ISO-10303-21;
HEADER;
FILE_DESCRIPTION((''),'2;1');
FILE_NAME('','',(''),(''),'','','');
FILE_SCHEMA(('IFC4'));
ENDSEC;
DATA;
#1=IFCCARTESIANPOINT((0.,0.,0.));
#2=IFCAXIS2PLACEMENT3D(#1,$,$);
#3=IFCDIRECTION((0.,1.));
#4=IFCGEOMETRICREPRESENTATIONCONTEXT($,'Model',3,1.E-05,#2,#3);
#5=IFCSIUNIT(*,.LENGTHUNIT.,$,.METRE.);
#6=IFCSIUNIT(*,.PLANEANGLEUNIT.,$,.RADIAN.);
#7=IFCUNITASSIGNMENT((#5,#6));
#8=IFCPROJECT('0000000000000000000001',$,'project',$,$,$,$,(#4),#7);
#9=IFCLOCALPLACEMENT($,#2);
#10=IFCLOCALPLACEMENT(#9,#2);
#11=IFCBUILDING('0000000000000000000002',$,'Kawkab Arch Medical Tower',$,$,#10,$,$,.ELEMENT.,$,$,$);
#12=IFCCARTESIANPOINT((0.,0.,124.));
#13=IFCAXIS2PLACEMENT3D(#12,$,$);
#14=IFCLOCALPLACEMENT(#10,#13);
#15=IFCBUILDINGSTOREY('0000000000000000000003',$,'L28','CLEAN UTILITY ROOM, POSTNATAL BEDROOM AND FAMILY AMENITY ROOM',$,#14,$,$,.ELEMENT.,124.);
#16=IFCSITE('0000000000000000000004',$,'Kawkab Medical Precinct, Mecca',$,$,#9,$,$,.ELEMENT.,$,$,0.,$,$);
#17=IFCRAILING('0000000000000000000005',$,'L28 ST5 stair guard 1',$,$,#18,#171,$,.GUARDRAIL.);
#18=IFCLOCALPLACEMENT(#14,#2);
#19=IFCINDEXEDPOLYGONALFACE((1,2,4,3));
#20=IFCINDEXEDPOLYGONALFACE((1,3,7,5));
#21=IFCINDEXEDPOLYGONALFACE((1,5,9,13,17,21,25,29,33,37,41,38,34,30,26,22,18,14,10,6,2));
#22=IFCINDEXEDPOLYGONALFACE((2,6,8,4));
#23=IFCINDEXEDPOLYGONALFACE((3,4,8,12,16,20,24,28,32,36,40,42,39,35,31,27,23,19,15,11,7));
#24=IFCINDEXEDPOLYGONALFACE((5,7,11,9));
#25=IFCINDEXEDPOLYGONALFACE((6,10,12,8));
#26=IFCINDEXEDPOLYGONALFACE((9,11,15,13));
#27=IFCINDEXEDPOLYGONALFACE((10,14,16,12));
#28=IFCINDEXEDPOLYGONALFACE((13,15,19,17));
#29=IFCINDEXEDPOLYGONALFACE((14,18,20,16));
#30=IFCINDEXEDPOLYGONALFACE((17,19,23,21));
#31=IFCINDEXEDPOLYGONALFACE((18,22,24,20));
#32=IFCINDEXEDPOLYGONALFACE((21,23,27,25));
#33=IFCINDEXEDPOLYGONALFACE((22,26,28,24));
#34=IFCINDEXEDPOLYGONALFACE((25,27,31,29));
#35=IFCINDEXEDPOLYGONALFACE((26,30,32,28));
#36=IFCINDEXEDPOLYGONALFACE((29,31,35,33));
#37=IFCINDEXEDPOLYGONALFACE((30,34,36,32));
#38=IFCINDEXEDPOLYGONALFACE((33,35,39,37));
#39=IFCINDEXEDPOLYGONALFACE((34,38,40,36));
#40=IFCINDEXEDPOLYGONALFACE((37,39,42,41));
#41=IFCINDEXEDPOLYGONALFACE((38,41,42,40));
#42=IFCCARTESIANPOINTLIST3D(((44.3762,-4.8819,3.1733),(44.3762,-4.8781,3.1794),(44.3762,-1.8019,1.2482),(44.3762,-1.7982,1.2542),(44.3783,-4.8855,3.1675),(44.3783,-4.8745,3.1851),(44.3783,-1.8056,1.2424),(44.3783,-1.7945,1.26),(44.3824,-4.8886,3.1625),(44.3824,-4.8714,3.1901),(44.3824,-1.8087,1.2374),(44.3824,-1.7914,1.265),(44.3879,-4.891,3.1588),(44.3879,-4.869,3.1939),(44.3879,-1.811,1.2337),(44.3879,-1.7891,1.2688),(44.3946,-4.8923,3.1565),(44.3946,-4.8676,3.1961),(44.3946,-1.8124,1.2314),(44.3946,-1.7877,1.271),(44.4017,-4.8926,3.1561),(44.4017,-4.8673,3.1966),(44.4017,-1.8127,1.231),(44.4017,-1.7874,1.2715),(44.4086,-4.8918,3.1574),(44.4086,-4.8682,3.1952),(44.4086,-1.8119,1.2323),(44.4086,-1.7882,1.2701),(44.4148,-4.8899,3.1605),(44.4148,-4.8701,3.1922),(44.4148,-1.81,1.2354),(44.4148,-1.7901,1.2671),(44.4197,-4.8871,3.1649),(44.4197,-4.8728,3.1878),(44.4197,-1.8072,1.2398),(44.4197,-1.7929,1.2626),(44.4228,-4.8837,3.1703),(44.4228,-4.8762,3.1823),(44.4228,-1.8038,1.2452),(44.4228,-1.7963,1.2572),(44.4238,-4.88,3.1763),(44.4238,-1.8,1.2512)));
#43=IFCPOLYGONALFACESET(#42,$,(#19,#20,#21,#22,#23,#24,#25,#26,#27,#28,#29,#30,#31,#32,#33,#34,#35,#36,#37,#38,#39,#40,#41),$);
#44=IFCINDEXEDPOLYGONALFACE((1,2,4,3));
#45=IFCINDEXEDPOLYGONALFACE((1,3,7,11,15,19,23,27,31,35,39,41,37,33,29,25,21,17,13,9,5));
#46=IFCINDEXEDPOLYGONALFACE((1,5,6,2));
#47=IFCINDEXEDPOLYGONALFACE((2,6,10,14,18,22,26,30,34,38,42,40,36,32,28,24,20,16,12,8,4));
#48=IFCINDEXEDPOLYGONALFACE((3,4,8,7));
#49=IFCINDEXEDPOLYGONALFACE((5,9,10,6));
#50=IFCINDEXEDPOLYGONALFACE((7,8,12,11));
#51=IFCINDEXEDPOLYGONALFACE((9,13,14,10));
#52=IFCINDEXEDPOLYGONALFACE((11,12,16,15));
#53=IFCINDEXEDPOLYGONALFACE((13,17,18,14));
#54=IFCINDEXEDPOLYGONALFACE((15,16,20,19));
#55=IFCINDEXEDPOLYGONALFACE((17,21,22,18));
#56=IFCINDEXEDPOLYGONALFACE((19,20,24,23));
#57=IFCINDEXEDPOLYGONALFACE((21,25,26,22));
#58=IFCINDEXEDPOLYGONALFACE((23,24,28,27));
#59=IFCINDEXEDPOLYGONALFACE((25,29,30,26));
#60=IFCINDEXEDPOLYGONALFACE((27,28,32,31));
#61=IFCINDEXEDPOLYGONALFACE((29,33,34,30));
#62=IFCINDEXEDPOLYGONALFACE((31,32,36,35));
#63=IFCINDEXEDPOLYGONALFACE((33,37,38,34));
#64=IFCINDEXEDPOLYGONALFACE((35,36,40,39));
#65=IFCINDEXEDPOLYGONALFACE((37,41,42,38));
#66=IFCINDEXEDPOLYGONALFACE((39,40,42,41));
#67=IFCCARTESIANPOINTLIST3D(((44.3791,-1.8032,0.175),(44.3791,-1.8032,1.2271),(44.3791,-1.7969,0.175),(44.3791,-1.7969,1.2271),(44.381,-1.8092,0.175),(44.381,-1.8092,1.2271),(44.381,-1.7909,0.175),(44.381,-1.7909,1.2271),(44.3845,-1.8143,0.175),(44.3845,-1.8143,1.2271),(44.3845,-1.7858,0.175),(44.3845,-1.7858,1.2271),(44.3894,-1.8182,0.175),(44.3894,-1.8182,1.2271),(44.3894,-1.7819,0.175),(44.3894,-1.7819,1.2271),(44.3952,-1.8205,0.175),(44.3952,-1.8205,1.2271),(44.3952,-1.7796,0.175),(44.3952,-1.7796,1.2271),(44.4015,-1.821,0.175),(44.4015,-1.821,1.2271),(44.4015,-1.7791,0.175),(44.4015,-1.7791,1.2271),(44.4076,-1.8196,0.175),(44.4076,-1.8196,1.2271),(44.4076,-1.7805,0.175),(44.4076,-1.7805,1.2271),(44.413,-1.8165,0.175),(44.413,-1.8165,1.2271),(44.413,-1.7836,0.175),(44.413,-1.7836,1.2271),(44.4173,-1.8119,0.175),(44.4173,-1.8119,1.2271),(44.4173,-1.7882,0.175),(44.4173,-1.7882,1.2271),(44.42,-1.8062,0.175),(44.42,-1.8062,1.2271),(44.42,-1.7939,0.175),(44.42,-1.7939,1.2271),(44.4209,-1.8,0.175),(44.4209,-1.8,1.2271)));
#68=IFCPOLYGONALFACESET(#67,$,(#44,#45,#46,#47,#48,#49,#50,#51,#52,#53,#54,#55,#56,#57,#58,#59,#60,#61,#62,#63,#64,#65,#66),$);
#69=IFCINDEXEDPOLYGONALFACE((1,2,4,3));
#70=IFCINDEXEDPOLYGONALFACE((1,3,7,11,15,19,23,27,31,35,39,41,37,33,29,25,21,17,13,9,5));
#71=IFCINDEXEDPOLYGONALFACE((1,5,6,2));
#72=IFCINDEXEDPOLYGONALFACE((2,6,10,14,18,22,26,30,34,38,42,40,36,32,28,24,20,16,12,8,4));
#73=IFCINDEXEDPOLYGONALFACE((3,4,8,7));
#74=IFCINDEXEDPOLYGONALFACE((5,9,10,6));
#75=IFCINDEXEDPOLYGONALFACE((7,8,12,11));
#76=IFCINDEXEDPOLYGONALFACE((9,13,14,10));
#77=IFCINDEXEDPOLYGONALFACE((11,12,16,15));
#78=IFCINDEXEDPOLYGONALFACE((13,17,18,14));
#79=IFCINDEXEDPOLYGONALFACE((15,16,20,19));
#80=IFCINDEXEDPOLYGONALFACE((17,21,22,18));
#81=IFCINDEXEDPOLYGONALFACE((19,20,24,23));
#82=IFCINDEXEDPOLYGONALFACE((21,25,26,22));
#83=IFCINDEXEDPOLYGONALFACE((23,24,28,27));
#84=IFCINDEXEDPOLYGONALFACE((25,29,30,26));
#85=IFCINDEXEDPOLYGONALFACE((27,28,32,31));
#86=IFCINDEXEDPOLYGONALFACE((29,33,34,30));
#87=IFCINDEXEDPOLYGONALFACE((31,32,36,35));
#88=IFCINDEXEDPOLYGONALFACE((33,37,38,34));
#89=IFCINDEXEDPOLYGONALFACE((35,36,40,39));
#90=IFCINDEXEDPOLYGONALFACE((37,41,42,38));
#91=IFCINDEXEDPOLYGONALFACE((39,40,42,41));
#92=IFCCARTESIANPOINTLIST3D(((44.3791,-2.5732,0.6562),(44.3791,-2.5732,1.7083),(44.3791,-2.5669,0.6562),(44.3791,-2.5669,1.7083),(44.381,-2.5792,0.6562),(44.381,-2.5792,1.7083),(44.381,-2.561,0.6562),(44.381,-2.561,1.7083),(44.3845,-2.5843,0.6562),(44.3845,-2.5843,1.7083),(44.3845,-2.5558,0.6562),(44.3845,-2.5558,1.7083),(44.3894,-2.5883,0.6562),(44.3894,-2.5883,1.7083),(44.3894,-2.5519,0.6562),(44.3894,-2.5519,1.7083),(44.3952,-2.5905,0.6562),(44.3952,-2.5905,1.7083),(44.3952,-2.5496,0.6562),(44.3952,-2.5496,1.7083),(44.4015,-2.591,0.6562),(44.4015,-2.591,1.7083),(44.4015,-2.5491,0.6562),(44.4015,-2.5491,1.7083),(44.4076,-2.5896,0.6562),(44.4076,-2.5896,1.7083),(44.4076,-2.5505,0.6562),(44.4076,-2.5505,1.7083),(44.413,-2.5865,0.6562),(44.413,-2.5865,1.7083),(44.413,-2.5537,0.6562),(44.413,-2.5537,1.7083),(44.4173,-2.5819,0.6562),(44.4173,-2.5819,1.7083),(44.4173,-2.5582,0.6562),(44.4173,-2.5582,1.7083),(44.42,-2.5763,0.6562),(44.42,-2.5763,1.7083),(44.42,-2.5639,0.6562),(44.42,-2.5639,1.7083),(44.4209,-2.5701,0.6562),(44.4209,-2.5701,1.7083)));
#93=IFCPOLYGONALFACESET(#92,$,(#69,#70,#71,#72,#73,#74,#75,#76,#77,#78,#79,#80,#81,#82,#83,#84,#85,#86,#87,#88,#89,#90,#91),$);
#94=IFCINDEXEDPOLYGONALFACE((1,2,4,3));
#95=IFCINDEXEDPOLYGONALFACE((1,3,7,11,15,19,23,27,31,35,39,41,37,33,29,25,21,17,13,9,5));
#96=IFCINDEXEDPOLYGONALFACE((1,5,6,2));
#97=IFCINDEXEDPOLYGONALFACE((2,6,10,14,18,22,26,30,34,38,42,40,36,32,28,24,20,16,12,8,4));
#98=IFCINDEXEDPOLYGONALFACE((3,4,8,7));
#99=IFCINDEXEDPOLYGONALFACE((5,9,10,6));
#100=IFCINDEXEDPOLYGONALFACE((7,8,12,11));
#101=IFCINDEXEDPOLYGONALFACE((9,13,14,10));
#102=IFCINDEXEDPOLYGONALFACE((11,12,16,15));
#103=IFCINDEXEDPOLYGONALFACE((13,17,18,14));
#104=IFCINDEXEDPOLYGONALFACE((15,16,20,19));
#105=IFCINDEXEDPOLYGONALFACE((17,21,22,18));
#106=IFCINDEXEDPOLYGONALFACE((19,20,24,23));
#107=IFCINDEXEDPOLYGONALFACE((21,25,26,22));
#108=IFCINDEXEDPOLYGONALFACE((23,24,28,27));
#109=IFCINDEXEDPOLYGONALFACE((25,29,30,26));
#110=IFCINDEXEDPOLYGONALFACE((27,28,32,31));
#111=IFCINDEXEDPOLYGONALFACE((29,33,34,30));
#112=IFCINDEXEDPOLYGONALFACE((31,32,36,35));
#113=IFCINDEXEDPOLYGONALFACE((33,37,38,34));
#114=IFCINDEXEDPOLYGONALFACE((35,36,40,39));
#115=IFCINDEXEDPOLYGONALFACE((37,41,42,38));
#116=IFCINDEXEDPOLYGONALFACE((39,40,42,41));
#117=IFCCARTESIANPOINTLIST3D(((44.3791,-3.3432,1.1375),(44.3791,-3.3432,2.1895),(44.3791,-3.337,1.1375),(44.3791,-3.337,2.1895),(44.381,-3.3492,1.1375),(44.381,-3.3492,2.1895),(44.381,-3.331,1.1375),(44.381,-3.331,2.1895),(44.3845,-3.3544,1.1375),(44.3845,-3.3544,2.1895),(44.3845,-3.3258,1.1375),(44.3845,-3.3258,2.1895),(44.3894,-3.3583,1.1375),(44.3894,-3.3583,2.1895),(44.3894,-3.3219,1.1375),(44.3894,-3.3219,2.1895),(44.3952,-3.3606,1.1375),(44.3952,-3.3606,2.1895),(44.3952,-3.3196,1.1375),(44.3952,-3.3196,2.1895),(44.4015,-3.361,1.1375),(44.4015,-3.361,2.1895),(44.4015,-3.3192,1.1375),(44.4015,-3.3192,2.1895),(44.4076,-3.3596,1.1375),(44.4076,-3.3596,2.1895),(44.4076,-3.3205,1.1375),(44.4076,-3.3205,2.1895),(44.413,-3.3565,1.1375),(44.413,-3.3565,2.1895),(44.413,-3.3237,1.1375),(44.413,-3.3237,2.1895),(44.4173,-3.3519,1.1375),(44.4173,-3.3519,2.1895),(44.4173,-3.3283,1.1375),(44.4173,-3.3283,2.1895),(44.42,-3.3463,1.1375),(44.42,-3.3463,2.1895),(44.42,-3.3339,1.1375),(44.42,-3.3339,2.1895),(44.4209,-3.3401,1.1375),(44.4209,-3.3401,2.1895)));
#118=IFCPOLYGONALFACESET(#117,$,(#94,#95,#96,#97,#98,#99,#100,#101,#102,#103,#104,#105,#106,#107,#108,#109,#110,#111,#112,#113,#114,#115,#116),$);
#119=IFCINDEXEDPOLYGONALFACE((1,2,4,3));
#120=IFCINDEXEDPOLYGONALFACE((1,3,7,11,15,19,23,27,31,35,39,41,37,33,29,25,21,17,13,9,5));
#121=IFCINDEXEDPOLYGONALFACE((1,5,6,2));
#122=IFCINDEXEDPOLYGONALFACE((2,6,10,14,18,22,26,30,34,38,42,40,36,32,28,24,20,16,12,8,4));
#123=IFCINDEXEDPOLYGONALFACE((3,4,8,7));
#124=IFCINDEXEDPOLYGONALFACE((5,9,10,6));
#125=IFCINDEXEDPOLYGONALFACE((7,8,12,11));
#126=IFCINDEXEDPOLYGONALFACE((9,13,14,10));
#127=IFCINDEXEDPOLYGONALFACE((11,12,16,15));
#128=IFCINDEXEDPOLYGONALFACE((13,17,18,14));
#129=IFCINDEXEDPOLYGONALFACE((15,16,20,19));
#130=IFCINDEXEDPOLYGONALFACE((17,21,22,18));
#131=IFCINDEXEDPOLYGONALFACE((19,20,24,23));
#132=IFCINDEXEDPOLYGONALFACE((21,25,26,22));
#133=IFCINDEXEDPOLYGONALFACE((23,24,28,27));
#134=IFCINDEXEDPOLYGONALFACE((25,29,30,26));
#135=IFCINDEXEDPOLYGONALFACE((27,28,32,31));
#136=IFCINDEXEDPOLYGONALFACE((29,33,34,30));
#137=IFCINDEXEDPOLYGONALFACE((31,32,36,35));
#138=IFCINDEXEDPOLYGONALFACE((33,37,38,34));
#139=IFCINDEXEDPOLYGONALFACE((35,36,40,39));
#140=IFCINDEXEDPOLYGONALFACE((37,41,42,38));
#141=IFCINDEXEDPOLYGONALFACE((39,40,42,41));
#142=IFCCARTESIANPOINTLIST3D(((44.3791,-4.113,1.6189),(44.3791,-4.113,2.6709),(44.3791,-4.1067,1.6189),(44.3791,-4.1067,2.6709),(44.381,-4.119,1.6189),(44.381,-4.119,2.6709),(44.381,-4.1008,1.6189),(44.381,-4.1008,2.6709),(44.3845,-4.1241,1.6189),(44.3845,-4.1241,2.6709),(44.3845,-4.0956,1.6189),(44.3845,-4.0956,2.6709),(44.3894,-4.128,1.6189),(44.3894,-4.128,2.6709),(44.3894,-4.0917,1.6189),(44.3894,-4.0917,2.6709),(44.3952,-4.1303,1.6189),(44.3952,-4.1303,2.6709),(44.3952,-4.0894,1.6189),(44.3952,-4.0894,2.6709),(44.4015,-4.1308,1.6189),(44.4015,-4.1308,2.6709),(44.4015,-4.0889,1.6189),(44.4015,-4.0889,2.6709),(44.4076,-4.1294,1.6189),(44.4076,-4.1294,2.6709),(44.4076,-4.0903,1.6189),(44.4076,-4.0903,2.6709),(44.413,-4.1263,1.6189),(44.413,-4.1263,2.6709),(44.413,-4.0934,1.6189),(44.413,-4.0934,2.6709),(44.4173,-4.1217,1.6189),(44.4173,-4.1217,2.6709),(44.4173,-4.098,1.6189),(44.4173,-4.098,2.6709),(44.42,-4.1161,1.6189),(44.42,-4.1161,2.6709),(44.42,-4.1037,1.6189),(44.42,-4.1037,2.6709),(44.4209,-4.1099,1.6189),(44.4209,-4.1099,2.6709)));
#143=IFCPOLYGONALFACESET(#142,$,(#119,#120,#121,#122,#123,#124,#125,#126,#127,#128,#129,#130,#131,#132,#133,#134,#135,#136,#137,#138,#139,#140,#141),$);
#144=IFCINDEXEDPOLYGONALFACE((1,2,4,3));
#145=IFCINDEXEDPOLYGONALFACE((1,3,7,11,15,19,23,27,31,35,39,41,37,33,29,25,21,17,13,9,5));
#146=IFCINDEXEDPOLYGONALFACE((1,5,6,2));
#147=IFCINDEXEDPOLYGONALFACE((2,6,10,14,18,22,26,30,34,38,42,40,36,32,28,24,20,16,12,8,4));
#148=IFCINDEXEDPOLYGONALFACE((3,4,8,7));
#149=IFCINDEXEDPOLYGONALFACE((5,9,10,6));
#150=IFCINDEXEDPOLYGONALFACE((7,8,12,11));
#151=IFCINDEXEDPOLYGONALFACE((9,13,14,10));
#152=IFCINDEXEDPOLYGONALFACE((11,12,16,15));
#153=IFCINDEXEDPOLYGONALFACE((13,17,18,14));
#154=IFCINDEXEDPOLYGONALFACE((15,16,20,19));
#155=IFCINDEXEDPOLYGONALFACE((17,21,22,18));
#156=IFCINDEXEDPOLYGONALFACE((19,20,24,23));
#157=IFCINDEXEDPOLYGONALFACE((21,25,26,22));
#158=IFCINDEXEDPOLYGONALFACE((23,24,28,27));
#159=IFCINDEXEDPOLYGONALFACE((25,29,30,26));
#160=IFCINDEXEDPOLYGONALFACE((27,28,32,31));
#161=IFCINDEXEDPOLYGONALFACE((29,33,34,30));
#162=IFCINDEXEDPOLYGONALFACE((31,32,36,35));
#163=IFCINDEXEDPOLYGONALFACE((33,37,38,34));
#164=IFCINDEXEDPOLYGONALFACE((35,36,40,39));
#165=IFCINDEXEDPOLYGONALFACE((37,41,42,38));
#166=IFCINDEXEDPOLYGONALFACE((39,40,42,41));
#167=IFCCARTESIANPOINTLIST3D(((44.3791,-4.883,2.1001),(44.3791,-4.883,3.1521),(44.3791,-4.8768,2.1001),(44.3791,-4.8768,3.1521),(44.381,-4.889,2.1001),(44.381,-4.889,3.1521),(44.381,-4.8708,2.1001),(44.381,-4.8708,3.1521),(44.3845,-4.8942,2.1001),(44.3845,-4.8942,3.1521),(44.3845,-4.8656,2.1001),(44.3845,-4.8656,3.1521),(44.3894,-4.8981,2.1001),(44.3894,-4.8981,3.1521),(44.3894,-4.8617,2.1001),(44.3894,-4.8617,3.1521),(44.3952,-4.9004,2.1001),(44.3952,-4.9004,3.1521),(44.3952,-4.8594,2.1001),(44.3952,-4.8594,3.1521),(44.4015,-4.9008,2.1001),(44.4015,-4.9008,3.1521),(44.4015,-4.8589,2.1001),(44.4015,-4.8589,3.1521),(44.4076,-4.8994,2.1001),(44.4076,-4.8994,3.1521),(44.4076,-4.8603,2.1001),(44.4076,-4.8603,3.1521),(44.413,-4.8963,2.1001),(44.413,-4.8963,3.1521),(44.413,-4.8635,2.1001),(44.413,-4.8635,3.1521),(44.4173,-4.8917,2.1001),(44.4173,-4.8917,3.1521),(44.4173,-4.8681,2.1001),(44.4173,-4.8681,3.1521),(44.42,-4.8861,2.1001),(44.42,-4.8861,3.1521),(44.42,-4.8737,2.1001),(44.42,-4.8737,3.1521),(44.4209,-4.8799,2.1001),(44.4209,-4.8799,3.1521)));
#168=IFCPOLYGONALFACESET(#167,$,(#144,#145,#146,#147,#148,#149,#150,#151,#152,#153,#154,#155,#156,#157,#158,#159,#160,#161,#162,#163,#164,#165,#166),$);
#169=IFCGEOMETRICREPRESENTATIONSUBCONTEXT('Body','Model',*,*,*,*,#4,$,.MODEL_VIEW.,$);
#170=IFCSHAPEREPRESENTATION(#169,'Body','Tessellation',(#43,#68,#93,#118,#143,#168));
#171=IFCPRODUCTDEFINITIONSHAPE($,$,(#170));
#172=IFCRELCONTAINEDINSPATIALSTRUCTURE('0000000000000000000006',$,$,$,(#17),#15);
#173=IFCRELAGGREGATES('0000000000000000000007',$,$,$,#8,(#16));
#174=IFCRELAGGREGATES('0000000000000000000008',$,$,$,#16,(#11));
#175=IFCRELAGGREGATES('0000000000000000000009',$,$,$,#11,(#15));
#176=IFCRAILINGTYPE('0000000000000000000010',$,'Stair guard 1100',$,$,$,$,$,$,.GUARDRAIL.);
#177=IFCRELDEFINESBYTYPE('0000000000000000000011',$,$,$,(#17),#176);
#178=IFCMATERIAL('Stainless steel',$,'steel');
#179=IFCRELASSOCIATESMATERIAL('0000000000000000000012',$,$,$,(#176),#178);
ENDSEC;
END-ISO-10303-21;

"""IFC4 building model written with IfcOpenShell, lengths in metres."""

from ifc_helpers import new_model, si_unit, direction, frame, origin, origin_2d, place, context, subcontext, project, spatial, circle, extrude, material, type_object, element, save


model = new_model("IFC4")

# Units and contexts
model_context = context("Model", 3, precision=1e-05, world=origin(), true_north=direction((0.0, 1.0)))
body_context = subcontext(model_context, "Body", "Model", "MODEL_VIEW")
ifc_project = project(units=[si_unit("LENGTHUNIT", "METRE"), si_unit("PLANEANGLEUNIT", "RADIAN")], contexts=[model_context])

# Site, building, storey
site_placement = place(None, origin())
site = spatial("IfcSite", under=ifc_project, at=site_placement, Name="Kawkab Medical Precinct, Mecca", CompositionType="ELEMENT", RefElevation=0.0)
building_placement = place(site_placement, origin())
building = spatial("IfcBuilding", under=site, at=building_placement, Name="Kawkab Arch Medical Tower", CompositionType="ELEMENT")
storey_placement = place(building_placement, frame((0.0, 0.0, 124.0)))
storey = spatial("IfcBuildingStorey", under=building, at=storey_placement, Name="L28", Description="CLEAN UTILITY ROOM, POSTNATAL BEDROOM AND FAMILY AMENITY ROOM", CompositionType="ELEMENT", Elevation=124.0)

# Railing
ifc_material_1 = material(Name="Stainless steel", Category="steel")
railing_type = type_object("IfcRailingType", Name="Stair guard 1100", PredefinedType="GUARDRAIL", material=ifc_material_1)
railing_1_placement = place(storey_placement, frame((44.3999, -1.8, 0.175)))
element("IfcRailing", 1, at=railing_1_placement, inside=storey, type_object=railing_type, Name="L28 ST5 stair guard 1", PredefinedType="GUARDRAIL", context=body_context, shape_type="SweptSolid", body=[
    extrude(circle(Radius=0.0239, at=origin_2d()), frame((0.0, 0.0, 1.0762), z_axis=(0.0, -0.847979, 0.530029), x_axis=(1.0, 0.0, 0.0)), (0.0, 0.0, 1.0), 3.6321),
    extrude(circle(Radius=0.021, at=origin_2d()), origin(), (0.0, 0.0, 1.0), 1.052),
    extrude(circle(Radius=0.021, at=origin_2d()), frame((0.0, -0.77, 0.4812)), (0.0, 0.0, 1.0), 1.052),
    extrude(circle(Radius=0.021, at=origin_2d()), frame((0.0, -1.54, 0.9624)), (0.0, 0.0, 1.0), 1.052),
    extrude(circle(Radius=0.021, at=origin_2d()), frame((0.0, -2.3098, 1.4438)), (0.0, 0.0, 1.0), 1.052),
    extrude(circle(Radius=0.021, at=origin_2d()), frame((0.0, -3.0798, 1.925)), (0.0, 0.0, 1.0), 1.052),
])

save(model, "model.ifc")
